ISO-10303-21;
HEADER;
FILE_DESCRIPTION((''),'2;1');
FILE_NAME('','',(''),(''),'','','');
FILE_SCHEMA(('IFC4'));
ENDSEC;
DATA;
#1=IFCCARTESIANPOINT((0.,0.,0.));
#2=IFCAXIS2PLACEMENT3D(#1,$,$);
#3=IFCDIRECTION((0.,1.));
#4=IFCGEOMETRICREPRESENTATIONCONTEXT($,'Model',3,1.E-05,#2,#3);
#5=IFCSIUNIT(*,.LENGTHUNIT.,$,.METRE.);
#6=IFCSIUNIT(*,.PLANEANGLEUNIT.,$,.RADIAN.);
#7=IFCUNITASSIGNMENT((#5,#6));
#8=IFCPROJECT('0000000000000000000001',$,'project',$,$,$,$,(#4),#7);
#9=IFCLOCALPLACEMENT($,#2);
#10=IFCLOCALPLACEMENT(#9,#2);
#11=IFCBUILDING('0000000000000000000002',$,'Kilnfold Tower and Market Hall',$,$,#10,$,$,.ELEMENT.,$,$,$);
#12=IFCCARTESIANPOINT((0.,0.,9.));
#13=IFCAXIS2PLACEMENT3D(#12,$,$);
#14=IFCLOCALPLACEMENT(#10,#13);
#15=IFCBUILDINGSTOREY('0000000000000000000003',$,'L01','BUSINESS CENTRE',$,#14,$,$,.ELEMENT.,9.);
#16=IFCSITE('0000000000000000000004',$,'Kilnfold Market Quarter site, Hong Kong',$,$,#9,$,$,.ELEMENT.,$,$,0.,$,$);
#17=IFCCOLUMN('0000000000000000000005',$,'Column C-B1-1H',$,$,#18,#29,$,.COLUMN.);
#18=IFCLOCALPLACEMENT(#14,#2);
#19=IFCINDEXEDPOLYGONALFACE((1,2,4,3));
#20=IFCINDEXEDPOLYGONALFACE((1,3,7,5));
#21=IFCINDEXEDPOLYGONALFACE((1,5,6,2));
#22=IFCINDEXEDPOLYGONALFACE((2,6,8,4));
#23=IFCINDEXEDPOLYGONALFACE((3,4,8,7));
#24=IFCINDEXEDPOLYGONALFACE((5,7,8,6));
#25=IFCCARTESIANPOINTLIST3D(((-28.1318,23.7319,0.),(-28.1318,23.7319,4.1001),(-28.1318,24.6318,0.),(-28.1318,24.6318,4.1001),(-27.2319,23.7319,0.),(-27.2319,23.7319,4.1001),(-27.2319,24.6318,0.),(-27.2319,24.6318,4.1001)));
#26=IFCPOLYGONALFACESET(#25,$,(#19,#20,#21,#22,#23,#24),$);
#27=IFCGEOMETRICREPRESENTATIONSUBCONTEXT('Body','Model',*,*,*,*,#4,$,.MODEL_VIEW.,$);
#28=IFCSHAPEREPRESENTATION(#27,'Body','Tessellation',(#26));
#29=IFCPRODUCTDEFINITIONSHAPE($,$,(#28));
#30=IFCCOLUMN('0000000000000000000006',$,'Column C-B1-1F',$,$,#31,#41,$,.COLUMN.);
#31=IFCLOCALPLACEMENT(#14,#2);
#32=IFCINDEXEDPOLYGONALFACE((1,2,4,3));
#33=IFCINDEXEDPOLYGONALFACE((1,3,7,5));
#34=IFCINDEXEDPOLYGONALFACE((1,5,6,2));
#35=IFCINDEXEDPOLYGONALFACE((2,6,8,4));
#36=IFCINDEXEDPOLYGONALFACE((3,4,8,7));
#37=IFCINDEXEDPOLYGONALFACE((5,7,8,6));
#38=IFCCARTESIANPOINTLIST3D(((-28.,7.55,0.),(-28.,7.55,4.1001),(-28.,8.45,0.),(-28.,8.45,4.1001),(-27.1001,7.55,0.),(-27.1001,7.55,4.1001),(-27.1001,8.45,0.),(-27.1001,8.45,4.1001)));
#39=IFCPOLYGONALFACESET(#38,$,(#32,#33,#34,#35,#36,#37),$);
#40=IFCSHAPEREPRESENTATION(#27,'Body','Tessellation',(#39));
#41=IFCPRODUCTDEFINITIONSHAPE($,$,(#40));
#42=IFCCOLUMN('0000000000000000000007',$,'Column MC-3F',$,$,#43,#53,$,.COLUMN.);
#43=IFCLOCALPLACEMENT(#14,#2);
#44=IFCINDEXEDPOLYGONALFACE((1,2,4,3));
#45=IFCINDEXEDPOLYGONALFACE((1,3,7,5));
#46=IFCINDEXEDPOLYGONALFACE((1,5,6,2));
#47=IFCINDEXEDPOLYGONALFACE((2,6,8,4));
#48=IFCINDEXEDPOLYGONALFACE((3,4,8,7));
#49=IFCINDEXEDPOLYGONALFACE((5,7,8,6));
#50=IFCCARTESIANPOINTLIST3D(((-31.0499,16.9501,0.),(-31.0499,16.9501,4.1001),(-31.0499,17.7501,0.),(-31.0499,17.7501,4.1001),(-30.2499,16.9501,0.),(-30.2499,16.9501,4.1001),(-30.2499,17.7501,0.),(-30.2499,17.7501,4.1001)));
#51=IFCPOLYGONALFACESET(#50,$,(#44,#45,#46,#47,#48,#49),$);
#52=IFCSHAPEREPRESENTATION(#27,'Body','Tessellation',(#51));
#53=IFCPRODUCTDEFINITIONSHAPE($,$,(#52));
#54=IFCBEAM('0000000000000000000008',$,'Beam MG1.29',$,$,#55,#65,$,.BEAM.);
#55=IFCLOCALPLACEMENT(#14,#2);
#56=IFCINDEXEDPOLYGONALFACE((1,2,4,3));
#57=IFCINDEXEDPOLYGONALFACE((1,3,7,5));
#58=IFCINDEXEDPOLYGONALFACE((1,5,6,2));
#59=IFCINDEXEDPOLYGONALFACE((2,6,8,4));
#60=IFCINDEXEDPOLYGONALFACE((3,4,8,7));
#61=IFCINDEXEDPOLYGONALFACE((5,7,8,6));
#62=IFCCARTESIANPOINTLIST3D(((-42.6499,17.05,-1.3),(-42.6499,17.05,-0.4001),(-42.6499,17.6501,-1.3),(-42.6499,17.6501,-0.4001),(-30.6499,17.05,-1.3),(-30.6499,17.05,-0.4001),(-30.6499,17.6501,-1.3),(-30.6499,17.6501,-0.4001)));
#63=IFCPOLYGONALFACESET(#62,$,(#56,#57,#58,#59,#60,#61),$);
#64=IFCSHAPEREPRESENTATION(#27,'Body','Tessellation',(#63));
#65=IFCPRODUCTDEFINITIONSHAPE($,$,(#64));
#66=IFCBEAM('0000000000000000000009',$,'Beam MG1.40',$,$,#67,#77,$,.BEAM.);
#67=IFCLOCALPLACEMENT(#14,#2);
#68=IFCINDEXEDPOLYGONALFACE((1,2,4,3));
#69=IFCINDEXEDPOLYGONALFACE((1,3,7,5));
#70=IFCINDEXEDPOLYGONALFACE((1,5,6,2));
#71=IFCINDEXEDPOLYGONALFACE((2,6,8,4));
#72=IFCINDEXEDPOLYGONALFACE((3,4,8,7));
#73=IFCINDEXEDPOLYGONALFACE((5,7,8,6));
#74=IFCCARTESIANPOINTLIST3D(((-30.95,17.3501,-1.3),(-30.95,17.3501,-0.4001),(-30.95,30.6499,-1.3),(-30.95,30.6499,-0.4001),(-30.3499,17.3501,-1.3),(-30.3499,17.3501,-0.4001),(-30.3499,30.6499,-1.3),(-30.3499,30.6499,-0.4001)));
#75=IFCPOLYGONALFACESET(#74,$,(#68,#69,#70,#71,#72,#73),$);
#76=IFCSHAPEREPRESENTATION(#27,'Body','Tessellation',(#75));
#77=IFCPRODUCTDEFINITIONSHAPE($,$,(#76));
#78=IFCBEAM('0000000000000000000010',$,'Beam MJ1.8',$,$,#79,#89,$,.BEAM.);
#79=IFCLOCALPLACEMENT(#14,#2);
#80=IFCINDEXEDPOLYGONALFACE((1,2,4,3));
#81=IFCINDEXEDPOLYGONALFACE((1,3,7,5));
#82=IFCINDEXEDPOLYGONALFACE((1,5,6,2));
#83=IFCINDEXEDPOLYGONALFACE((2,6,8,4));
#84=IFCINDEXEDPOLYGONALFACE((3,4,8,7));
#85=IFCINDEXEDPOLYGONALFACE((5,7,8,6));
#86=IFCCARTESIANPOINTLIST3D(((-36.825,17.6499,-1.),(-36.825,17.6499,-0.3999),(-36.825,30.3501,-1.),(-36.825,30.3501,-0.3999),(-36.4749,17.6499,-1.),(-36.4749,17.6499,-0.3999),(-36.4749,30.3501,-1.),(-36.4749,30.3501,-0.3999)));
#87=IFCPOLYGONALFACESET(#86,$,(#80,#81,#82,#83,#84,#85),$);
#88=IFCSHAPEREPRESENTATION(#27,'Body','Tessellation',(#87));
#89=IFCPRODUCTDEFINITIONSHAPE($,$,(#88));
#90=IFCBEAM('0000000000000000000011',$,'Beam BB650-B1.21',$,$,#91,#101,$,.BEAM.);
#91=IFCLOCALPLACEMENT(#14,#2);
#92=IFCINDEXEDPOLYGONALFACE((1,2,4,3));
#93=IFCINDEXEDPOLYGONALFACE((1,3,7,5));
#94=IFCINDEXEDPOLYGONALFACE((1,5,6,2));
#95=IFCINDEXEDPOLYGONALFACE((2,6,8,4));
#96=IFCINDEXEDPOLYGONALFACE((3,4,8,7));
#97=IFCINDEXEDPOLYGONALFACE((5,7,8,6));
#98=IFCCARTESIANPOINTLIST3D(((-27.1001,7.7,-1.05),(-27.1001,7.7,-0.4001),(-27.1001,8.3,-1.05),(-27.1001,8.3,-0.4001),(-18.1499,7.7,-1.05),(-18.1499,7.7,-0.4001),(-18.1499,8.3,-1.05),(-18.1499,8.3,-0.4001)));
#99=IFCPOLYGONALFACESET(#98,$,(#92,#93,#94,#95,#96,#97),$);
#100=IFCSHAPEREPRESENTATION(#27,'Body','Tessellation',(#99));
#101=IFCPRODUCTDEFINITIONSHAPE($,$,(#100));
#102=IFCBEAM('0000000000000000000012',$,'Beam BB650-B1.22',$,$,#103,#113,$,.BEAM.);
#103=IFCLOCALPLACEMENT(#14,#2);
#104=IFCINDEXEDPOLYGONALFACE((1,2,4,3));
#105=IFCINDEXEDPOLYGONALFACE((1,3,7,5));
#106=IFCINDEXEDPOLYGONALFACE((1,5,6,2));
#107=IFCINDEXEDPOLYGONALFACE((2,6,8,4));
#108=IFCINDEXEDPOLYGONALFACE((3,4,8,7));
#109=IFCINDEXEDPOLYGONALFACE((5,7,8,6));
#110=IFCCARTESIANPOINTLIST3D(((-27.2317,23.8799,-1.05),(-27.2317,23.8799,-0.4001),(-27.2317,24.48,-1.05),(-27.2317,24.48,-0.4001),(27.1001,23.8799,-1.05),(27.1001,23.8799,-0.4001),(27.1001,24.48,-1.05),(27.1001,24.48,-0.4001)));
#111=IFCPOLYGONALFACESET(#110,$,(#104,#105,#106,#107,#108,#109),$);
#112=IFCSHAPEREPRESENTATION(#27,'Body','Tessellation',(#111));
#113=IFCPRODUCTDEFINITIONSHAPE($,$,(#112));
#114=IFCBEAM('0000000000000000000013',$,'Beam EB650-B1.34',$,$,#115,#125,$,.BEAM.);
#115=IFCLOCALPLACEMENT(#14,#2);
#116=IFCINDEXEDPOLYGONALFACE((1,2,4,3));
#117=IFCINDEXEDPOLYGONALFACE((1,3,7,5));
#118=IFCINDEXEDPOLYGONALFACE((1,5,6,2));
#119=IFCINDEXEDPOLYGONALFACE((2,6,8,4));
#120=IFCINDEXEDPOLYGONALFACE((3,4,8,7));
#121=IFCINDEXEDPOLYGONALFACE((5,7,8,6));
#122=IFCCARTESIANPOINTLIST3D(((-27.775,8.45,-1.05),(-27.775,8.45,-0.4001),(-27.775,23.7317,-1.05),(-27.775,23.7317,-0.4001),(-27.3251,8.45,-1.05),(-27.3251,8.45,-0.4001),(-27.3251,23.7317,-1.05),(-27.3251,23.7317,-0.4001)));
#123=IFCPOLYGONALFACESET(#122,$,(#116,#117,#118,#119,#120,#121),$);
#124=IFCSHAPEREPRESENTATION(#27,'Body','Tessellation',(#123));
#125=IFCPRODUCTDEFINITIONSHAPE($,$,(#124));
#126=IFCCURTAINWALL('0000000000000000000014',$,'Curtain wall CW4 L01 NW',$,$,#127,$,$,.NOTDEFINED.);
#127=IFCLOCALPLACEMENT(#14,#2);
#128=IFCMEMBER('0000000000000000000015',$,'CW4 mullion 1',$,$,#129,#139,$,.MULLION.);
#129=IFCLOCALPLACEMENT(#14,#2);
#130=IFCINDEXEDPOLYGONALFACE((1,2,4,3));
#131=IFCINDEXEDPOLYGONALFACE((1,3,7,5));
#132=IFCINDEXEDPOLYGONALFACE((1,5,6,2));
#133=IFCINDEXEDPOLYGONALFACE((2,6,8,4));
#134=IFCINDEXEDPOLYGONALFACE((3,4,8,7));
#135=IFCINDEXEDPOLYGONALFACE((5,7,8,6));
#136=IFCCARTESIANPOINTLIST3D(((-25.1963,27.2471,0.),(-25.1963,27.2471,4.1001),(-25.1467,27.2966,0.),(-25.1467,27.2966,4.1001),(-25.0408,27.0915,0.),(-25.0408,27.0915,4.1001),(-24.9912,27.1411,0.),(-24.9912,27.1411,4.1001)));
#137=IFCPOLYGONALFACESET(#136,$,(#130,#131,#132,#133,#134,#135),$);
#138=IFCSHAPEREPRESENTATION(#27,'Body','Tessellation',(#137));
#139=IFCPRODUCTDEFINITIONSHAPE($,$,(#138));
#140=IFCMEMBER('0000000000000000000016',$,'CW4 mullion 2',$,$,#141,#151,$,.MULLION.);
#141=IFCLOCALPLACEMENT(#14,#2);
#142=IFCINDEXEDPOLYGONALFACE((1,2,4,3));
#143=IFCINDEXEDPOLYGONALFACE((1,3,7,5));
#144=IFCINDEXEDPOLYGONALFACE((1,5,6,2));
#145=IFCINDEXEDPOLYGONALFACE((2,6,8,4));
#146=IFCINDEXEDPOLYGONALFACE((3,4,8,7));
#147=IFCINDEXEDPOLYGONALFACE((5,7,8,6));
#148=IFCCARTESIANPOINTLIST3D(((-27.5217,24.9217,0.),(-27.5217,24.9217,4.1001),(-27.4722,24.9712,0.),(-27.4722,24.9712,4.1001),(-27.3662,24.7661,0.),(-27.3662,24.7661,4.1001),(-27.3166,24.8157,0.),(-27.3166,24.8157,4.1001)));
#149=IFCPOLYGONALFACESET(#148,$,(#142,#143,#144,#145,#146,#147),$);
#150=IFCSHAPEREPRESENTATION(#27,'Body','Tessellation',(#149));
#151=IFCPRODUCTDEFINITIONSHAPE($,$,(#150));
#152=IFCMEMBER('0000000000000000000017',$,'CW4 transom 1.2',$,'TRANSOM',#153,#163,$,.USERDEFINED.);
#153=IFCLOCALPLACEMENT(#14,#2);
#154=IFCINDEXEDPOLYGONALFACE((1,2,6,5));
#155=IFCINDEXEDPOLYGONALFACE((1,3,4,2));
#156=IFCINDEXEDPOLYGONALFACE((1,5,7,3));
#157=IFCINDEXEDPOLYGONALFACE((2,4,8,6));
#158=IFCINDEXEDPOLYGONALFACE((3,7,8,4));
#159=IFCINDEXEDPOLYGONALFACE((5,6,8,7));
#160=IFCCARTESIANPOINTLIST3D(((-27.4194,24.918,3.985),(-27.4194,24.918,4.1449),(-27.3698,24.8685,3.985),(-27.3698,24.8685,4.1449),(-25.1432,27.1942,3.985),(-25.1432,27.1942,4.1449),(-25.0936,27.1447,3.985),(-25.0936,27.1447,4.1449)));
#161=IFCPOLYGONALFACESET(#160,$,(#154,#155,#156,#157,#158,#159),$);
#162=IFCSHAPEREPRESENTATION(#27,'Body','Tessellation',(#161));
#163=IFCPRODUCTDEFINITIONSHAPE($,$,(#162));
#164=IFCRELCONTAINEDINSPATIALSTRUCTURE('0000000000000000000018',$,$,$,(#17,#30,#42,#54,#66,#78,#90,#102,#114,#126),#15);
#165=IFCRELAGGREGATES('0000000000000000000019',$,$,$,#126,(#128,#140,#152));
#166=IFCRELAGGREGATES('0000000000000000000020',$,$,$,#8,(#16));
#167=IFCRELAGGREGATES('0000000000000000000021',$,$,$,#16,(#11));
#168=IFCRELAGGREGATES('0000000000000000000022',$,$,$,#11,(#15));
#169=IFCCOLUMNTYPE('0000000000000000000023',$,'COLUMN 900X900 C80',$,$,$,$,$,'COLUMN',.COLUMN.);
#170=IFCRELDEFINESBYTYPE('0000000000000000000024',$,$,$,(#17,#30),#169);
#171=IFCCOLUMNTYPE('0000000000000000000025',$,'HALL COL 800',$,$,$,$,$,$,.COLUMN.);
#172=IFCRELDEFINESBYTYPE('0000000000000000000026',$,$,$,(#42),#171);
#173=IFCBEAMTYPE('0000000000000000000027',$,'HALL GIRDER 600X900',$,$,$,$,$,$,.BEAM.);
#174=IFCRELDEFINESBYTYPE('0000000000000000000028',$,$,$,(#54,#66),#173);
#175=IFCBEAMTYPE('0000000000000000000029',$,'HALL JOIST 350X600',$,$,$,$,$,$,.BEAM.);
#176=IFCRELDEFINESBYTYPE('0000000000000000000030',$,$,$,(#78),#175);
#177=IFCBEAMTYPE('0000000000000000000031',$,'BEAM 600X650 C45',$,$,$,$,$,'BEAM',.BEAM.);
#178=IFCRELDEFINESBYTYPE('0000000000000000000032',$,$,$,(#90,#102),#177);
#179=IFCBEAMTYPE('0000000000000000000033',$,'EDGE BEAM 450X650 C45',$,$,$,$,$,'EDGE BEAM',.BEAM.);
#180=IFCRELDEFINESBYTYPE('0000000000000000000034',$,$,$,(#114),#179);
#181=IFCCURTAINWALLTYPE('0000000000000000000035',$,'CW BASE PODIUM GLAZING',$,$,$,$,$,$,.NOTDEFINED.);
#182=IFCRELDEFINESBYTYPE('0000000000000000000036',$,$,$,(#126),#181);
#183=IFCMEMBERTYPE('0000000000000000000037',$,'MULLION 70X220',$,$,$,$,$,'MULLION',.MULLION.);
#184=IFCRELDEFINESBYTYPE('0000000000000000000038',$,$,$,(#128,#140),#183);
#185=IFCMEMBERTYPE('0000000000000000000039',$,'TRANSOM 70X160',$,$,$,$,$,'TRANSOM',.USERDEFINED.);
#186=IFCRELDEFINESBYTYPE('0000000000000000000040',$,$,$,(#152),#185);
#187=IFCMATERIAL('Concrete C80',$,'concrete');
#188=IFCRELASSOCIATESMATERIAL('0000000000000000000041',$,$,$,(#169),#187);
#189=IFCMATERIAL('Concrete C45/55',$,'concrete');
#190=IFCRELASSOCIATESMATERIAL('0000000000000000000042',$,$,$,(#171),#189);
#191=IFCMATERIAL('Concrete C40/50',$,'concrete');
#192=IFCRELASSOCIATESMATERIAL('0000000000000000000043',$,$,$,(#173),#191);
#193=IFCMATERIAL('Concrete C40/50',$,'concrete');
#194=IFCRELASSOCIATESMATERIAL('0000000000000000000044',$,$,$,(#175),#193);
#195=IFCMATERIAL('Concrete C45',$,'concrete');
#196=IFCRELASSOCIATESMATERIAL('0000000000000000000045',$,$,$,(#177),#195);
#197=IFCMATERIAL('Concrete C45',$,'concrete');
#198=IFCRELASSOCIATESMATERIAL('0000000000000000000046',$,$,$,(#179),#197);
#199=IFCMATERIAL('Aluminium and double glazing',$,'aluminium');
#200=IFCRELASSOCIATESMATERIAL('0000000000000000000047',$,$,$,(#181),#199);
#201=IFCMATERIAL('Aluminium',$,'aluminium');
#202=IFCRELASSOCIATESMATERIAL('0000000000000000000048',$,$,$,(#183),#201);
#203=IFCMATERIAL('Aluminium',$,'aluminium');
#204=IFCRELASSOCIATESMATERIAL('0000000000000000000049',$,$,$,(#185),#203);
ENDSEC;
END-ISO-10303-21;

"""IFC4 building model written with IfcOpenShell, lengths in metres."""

from ifc_helpers import new_model, si_unit, direction, frame, origin, origin_2d, place, context, subcontext, project, spatial, rectangle, extrude, source, transform, mapped, material, material_profile, profile_set, type_object, element, aggregate, save


model = new_model("IFC4")

# Units and contexts
model_context = context("Model", 3, precision=1e-05, world=origin(), true_north=direction((0.0, 1.0)))
body_context = subcontext(model_context, "Body", "Model", "MODEL_VIEW")
ifc_project = project(units=[si_unit("LENGTHUNIT", "METRE"), si_unit("PLANEANGLEUNIT", "RADIAN")], contexts=[model_context])

# Site, building, storey
site_placement = place(None, origin())
site = spatial("IfcSite", under=ifc_project, at=site_placement, Name="Kilnfold Market Quarter site, Hong Kong", CompositionType="ELEMENT", RefElevation=0.0)
building_placement = place(site_placement, origin())
building = spatial("IfcBuilding", under=site, at=building_placement, Name="Kilnfold Tower and Market Hall", CompositionType="ELEMENT")
storey_placement = place(building_placement, frame((0.0, 0.0, 9.0)))
storey = spatial("IfcBuildingStorey", under=building, at=storey_placement, Name="L01", Description="BUSINESS CENTRE", CompositionType="ELEMENT", Elevation=9.0)

# Columns
ifc_material_1 = material(Name="Concrete C80", Category="concrete")
ifc_material_profile_1 = material_profile(ifc_material_1, rectangle(XDim=0.8999, YDim=0.8999, at=origin_2d()), Name="RC 900x900")
ifc_profile_set_1 = profile_set([ifc_material_profile_1], Name="Concrete C80")
column_type_1 = type_object("IfcColumnType", Name="COLUMN 900X900 C80", ElementType="COLUMN", PredefinedType="COLUMN", material=ifc_profile_set_1)
shared_shape_1 = source(origin(), body_context, "Body", "SweptSolid", [
    extrude(rectangle(XDim=0.8999, YDim=0.8999, at=origin_2d()), origin(), (0.0, 0.0, 1.0), 4.1001),
])
for number, where, z_axis, x_axis, name in (
    (1, (-27.6819, 24.1819, 0.0), (0.0, 0.0, 1.0), (1.0, 0.0, 0.0), "Column C-B1-1H"),
    (2, (-27.55, 8.0, 0.0), (0.0, 0.0, 1.0), (1.0, 0.0, 0.0), "Column C-B1-1F"),
):
    element("IfcColumn", number, at=place(storey_placement, frame(where, z_axis=z_axis, x_axis=x_axis)), inside=storey, type_object=column_type_1, Name=name, PredefinedType="COLUMN", context=body_context, shape_type="MappedRepresentation", body=[
        mapped(shared_shape_1, transform((0.0, 0.0, 0.0))),
    ])
ifc_material_2 = material(Name="Concrete C45/55", Category="concrete")
ifc_material_profile_2 = material_profile(ifc_material_2, rectangle(XDim=0.8, YDim=0.8, at=origin_2d()), Name="RC 800x800")
ifc_profile_set_2 = profile_set([ifc_material_profile_2], Name="Concrete C45/55")
column_type_2 = type_object("IfcColumnType", Name="HALL COL 800", PredefinedType="COLUMN", material=ifc_profile_set_2)
shared_shape_2 = source(origin(), body_context, "Body", "SweptSolid", [
    extrude(rectangle(XDim=0.8, YDim=0.8, at=origin_2d()), origin(), (0.0, 0.0, 1.0), 4.1001),
])
column_placement = place(storey_placement, frame((-30.6499, 17.3501, 0.0), z_axis=(0.0, 0.0, 1.0), x_axis=(1.0, 0.0, 0.0)))
element("IfcColumn", 3, at=column_placement, inside=storey, type_object=column_type_2, Name="Column MC-3F", PredefinedType="COLUMN", context=body_context, shape_type="MappedRepresentation", body=[
    mapped(shared_shape_2, transform((0.0, 0.0, 0.0))),
])

# Beams
ifc_material_3 = material(Name="Concrete C40/50", Category="concrete")
ifc_material_profile_3 = material_profile(ifc_material_3, rectangle(XDim=0.6001, YDim=0.8999, at=origin_2d()), Name="RC 600x900")
ifc_profile_set_3 = profile_set([ifc_material_profile_3], Name="Concrete C40/50")
beam_type_1 = type_object("IfcBeamType", Name="HALL GIRDER 600X900", PredefinedType="BEAM", material=ifc_profile_set_3)
beam_1_placement = place(storey_placement, frame((-42.6499, 17.3501, -0.8501), z_axis=(1.0, 0.0, 0.0), x_axis=(0.0, 1.0, 0.0)))
element("IfcBeam", 4, at=beam_1_placement, inside=storey, type_object=beam_type_1, Name="Beam MG1.29", PredefinedType="BEAM", context=body_context, shape_type="SweptSolid", body=[
    extrude(rectangle(XDim=0.6001, YDim=0.8999, at=origin_2d()), origin(), (0.0, 0.0, 1.0), 12.0),
])
beam_2_placement = place(storey_placement, frame((-30.6499, 17.3501, -0.8501), z_axis=(0.0, 1.0, 0.0), x_axis=(-1.0, 0.0, 0.0)))
element("IfcBeam", 5, at=beam_2_placement, inside=storey, type_object=beam_type_1, Name="Beam MG1.40", PredefinedType="BEAM", context=body_context, shape_type="SweptSolid", body=[
    extrude(rectangle(XDim=0.6001, YDim=0.8999, at=origin_2d()), origin(), (0.0, 0.0, 1.0), 13.2998),
])
ifc_material_4 = material(Name="Concrete C40/50", Category="concrete")
ifc_material_profile_4 = material_profile(ifc_material_4, rectangle(XDim=0.3501, YDim=0.6001, at=origin_2d()), Name="RC 350x600")
ifc_profile_set_4 = profile_set([ifc_material_profile_4], Name="Concrete C40/50")
beam_type_2 = type_object("IfcBeamType", Name="HALL JOIST 350X600", PredefinedType="BEAM", material=ifc_profile_set_4)
beam_3_placement = place(storey_placement, frame((-36.6499, 17.6499, -0.7), z_axis=(0.0, 1.0, 0.0), x_axis=(-1.0, 0.0, 0.0)))
element("IfcBeam", 6, at=beam_3_placement, inside=storey, type_object=beam_type_2, Name="Beam MJ1.8", PredefinedType="BEAM", context=body_context, shape_type="SweptSolid", body=[
    extrude(rectangle(XDim=0.3501, YDim=0.6001, at=origin_2d()), origin(), (0.0, 0.0, 1.0), 12.7002),
])
ifc_material_5 = material(Name="Concrete C45", Category="concrete")
ifc_material_profile_5 = material_profile(ifc_material_5, rectangle(XDim=0.6001, YDim=0.6499, at=origin_2d()), Name="RC 600x650")
ifc_profile_set_5 = profile_set([ifc_material_profile_5], Name="Concrete C45")
beam_type_3 = type_object("IfcBeamType", Name="BEAM 600X650 C45", ElementType="BEAM", PredefinedType="BEAM", material=ifc_profile_set_5)
shared_shape_3 = source(origin(), body_context, "Body", "SweptSolid", [
    extrude(rectangle(XDim=0.6001, YDim=0.6499, at=origin_2d()), origin(), (0.0, 0.0, 1.0), 8.9502),
])
beam_4_placement = place(storey_placement, frame((-27.1001, 8.0, -0.7251), z_axis=(1.0, 0.0, 0.0), x_axis=(0.0, 1.0, 0.0)))
element("IfcBeam", 7, at=beam_4_placement, inside=storey, type_object=beam_type_3, Name="Beam BB650-B1.21", PredefinedType="BEAM", context=body_context, shape_type="MappedRepresentation", body=[
    mapped(shared_shape_3, transform((0.0, 0.0, 0.0))),
])
shared_shape_4 = source(origin(), body_context, "Body", "SweptSolid", [
    extrude(rectangle(XDim=0.6001, YDim=0.6499, at=origin_2d()), origin(), (0.0, 0.0, 1.0), 54.3318),
])
beam_5_placement = place(storey_placement, frame((-27.2317, 24.1799, -0.7251), z_axis=(1.0, 0.0, 0.0), x_axis=(0.0, 1.0, 0.0)))
element("IfcBeam", 8, at=beam_5_placement, inside=storey, type_object=beam_type_3, Name="Beam BB650-B1.22", PredefinedType="BEAM", context=body_context, shape_type="MappedRepresentation", body=[
    mapped(shared_shape_4, transform((0.0, 0.0, 0.0))),
])
ifc_material_6 = material(Name="Concrete C45", Category="concrete")
ifc_material_profile_6 = material_profile(ifc_material_6, rectangle(XDim=0.45, YDim=0.6499, at=origin_2d()), Name="RC 450x650")
ifc_profile_set_6 = profile_set([ifc_material_profile_6], Name="Concrete C45")
beam_type_4 = type_object("IfcBeamType", Name="EDGE BEAM 450X650 C45", ElementType="EDGE BEAM", PredefinedType="BEAM", material=ifc_profile_set_6)
shared_shape_5 = source(origin(), body_context, "Body", "SweptSolid", [
    extrude(rectangle(XDim=0.45, YDim=0.6499, at=origin_2d()), origin(), (0.0, 0.0, 1.0), 15.2817),
])
beam_6_placement = place(storey_placement, frame((-27.55, 8.45, -0.7251), z_axis=(0.0, 1.0, 0.0), x_axis=(-1.0, 0.0, 0.0)))
element("IfcBeam", 9, at=beam_6_placement, inside=storey, type_object=beam_type_4, Name="Beam EB650-B1.34", PredefinedType="BEAM", context=body_context, shape_type="MappedRepresentation", body=[
    mapped(shared_shape_5, transform((0.0, 0.0, 0.0))),
])

# Curtain wall, members
ifc_material_7 = material(Name="Aluminium and double glazing", Category="aluminium")
curtain_wall_type = type_object("IfcCurtainWallType", Name="CW BASE PODIUM GLAZING", PredefinedType="NOTDEFINED", material=ifc_material_7)
curtain_wall_placement = place(storey_placement, origin())
curtain_wall = element("IfcCurtainWall", 10, at=curtain_wall_placement, inside=storey, type_object=curtain_wall_type, Name="Curtain wall CW4 L01 NW", PredefinedType="NOTDEFINED")
ifc_material_8 = material(Name="Aluminium", Category="aluminium")
ifc_material_profile_7 = material_profile(ifc_material_8, rectangle(XDim=0.0701, YDim=0.22, at=origin_2d()), Name="MULLION 70x220")
ifc_profile_set_7 = profile_set([ifc_material_profile_7], Name="Aluminium")
member_type_1 = type_object("IfcMemberType", Name="MULLION 70X220", ElementType="MULLION", PredefinedType="MULLION", material=ifc_profile_set_7)
shared_shape_6 = source(origin(), body_context, "Body", "SweptSolid", [
    extrude(rectangle(XDim=0.0701, YDim=0.22, at=origin_2d()), origin(), (0.0, 0.0, 1.0), 4.1001),
])
member_1_placement = place(storey_placement, frame((-25.0938, 27.1941, 0.0), z_axis=(0.0, 0.0, 1.0), x_axis=(-0.707122, -0.707092, 0.0)))
member_1 = element("IfcMember", 11, at=member_1_placement, type_object=member_type_1, Name="CW4 mullion 1", PredefinedType="MULLION", context=body_context, shape_type="MappedRepresentation", body=[
    mapped(shared_shape_6, transform((0.0, 0.0, 0.0))),
])
member_2_placement = place(storey_placement, frame((-27.4192, 24.8687, 0.0), z_axis=(0.0, 0.0, 1.0), x_axis=(-0.707122, -0.707092, 0.0)))
member_2 = element("IfcMember", 12, at=member_2_placement, type_object=member_type_1, Name="CW4 mullion 2", PredefinedType="MULLION", context=body_context, shape_type="MappedRepresentation", body=[
    mapped(shared_shape_6, transform((0.0, 0.0, 0.0))),
])
ifc_material_9 = material(Name="Aluminium", Category="aluminium")
ifc_material_profile_8 = material_profile(ifc_material_9, rectangle(XDim=0.0701, YDim=0.1599, at=origin_2d()), Name="TRANSOM 70x160")
ifc_profile_set_8 = profile_set([ifc_material_profile_8], Name="Aluminium")
member_type_2 = type_object("IfcMemberType", Name="TRANSOM 70X160", ElementType="TRANSOM", PredefinedType="USERDEFINED", material=ifc_profile_set_8)
shared_shape_7 = source(origin(), body_context, "Body", "SweptSolid", [
    extrude(rectangle(XDim=0.0701, YDim=0.1599, at=origin_2d()), origin(), (0.0, 0.0, 1.0), 3.219),
])
member_3_placement = place(storey_placement, frame((-25.1184, 27.1694, 4.0649), z_axis=(-0.707107, -0.707107, 0.0), x_axis=(0.707107, -0.707107, 0.0)))
member_3 = element("IfcMember", 13, at=member_3_placement, type_object=member_type_2, Name="CW4 transom 1.2", ObjectType="TRANSOM", PredefinedType="USERDEFINED", context=body_context, shape_type="MappedRepresentation", body=[
    mapped(shared_shape_7, transform((0.0, 0.0, 0.0))),
])
aggregate(curtain_wall, [member_1, member_2, member_3])

save(model, "model.ifc")
